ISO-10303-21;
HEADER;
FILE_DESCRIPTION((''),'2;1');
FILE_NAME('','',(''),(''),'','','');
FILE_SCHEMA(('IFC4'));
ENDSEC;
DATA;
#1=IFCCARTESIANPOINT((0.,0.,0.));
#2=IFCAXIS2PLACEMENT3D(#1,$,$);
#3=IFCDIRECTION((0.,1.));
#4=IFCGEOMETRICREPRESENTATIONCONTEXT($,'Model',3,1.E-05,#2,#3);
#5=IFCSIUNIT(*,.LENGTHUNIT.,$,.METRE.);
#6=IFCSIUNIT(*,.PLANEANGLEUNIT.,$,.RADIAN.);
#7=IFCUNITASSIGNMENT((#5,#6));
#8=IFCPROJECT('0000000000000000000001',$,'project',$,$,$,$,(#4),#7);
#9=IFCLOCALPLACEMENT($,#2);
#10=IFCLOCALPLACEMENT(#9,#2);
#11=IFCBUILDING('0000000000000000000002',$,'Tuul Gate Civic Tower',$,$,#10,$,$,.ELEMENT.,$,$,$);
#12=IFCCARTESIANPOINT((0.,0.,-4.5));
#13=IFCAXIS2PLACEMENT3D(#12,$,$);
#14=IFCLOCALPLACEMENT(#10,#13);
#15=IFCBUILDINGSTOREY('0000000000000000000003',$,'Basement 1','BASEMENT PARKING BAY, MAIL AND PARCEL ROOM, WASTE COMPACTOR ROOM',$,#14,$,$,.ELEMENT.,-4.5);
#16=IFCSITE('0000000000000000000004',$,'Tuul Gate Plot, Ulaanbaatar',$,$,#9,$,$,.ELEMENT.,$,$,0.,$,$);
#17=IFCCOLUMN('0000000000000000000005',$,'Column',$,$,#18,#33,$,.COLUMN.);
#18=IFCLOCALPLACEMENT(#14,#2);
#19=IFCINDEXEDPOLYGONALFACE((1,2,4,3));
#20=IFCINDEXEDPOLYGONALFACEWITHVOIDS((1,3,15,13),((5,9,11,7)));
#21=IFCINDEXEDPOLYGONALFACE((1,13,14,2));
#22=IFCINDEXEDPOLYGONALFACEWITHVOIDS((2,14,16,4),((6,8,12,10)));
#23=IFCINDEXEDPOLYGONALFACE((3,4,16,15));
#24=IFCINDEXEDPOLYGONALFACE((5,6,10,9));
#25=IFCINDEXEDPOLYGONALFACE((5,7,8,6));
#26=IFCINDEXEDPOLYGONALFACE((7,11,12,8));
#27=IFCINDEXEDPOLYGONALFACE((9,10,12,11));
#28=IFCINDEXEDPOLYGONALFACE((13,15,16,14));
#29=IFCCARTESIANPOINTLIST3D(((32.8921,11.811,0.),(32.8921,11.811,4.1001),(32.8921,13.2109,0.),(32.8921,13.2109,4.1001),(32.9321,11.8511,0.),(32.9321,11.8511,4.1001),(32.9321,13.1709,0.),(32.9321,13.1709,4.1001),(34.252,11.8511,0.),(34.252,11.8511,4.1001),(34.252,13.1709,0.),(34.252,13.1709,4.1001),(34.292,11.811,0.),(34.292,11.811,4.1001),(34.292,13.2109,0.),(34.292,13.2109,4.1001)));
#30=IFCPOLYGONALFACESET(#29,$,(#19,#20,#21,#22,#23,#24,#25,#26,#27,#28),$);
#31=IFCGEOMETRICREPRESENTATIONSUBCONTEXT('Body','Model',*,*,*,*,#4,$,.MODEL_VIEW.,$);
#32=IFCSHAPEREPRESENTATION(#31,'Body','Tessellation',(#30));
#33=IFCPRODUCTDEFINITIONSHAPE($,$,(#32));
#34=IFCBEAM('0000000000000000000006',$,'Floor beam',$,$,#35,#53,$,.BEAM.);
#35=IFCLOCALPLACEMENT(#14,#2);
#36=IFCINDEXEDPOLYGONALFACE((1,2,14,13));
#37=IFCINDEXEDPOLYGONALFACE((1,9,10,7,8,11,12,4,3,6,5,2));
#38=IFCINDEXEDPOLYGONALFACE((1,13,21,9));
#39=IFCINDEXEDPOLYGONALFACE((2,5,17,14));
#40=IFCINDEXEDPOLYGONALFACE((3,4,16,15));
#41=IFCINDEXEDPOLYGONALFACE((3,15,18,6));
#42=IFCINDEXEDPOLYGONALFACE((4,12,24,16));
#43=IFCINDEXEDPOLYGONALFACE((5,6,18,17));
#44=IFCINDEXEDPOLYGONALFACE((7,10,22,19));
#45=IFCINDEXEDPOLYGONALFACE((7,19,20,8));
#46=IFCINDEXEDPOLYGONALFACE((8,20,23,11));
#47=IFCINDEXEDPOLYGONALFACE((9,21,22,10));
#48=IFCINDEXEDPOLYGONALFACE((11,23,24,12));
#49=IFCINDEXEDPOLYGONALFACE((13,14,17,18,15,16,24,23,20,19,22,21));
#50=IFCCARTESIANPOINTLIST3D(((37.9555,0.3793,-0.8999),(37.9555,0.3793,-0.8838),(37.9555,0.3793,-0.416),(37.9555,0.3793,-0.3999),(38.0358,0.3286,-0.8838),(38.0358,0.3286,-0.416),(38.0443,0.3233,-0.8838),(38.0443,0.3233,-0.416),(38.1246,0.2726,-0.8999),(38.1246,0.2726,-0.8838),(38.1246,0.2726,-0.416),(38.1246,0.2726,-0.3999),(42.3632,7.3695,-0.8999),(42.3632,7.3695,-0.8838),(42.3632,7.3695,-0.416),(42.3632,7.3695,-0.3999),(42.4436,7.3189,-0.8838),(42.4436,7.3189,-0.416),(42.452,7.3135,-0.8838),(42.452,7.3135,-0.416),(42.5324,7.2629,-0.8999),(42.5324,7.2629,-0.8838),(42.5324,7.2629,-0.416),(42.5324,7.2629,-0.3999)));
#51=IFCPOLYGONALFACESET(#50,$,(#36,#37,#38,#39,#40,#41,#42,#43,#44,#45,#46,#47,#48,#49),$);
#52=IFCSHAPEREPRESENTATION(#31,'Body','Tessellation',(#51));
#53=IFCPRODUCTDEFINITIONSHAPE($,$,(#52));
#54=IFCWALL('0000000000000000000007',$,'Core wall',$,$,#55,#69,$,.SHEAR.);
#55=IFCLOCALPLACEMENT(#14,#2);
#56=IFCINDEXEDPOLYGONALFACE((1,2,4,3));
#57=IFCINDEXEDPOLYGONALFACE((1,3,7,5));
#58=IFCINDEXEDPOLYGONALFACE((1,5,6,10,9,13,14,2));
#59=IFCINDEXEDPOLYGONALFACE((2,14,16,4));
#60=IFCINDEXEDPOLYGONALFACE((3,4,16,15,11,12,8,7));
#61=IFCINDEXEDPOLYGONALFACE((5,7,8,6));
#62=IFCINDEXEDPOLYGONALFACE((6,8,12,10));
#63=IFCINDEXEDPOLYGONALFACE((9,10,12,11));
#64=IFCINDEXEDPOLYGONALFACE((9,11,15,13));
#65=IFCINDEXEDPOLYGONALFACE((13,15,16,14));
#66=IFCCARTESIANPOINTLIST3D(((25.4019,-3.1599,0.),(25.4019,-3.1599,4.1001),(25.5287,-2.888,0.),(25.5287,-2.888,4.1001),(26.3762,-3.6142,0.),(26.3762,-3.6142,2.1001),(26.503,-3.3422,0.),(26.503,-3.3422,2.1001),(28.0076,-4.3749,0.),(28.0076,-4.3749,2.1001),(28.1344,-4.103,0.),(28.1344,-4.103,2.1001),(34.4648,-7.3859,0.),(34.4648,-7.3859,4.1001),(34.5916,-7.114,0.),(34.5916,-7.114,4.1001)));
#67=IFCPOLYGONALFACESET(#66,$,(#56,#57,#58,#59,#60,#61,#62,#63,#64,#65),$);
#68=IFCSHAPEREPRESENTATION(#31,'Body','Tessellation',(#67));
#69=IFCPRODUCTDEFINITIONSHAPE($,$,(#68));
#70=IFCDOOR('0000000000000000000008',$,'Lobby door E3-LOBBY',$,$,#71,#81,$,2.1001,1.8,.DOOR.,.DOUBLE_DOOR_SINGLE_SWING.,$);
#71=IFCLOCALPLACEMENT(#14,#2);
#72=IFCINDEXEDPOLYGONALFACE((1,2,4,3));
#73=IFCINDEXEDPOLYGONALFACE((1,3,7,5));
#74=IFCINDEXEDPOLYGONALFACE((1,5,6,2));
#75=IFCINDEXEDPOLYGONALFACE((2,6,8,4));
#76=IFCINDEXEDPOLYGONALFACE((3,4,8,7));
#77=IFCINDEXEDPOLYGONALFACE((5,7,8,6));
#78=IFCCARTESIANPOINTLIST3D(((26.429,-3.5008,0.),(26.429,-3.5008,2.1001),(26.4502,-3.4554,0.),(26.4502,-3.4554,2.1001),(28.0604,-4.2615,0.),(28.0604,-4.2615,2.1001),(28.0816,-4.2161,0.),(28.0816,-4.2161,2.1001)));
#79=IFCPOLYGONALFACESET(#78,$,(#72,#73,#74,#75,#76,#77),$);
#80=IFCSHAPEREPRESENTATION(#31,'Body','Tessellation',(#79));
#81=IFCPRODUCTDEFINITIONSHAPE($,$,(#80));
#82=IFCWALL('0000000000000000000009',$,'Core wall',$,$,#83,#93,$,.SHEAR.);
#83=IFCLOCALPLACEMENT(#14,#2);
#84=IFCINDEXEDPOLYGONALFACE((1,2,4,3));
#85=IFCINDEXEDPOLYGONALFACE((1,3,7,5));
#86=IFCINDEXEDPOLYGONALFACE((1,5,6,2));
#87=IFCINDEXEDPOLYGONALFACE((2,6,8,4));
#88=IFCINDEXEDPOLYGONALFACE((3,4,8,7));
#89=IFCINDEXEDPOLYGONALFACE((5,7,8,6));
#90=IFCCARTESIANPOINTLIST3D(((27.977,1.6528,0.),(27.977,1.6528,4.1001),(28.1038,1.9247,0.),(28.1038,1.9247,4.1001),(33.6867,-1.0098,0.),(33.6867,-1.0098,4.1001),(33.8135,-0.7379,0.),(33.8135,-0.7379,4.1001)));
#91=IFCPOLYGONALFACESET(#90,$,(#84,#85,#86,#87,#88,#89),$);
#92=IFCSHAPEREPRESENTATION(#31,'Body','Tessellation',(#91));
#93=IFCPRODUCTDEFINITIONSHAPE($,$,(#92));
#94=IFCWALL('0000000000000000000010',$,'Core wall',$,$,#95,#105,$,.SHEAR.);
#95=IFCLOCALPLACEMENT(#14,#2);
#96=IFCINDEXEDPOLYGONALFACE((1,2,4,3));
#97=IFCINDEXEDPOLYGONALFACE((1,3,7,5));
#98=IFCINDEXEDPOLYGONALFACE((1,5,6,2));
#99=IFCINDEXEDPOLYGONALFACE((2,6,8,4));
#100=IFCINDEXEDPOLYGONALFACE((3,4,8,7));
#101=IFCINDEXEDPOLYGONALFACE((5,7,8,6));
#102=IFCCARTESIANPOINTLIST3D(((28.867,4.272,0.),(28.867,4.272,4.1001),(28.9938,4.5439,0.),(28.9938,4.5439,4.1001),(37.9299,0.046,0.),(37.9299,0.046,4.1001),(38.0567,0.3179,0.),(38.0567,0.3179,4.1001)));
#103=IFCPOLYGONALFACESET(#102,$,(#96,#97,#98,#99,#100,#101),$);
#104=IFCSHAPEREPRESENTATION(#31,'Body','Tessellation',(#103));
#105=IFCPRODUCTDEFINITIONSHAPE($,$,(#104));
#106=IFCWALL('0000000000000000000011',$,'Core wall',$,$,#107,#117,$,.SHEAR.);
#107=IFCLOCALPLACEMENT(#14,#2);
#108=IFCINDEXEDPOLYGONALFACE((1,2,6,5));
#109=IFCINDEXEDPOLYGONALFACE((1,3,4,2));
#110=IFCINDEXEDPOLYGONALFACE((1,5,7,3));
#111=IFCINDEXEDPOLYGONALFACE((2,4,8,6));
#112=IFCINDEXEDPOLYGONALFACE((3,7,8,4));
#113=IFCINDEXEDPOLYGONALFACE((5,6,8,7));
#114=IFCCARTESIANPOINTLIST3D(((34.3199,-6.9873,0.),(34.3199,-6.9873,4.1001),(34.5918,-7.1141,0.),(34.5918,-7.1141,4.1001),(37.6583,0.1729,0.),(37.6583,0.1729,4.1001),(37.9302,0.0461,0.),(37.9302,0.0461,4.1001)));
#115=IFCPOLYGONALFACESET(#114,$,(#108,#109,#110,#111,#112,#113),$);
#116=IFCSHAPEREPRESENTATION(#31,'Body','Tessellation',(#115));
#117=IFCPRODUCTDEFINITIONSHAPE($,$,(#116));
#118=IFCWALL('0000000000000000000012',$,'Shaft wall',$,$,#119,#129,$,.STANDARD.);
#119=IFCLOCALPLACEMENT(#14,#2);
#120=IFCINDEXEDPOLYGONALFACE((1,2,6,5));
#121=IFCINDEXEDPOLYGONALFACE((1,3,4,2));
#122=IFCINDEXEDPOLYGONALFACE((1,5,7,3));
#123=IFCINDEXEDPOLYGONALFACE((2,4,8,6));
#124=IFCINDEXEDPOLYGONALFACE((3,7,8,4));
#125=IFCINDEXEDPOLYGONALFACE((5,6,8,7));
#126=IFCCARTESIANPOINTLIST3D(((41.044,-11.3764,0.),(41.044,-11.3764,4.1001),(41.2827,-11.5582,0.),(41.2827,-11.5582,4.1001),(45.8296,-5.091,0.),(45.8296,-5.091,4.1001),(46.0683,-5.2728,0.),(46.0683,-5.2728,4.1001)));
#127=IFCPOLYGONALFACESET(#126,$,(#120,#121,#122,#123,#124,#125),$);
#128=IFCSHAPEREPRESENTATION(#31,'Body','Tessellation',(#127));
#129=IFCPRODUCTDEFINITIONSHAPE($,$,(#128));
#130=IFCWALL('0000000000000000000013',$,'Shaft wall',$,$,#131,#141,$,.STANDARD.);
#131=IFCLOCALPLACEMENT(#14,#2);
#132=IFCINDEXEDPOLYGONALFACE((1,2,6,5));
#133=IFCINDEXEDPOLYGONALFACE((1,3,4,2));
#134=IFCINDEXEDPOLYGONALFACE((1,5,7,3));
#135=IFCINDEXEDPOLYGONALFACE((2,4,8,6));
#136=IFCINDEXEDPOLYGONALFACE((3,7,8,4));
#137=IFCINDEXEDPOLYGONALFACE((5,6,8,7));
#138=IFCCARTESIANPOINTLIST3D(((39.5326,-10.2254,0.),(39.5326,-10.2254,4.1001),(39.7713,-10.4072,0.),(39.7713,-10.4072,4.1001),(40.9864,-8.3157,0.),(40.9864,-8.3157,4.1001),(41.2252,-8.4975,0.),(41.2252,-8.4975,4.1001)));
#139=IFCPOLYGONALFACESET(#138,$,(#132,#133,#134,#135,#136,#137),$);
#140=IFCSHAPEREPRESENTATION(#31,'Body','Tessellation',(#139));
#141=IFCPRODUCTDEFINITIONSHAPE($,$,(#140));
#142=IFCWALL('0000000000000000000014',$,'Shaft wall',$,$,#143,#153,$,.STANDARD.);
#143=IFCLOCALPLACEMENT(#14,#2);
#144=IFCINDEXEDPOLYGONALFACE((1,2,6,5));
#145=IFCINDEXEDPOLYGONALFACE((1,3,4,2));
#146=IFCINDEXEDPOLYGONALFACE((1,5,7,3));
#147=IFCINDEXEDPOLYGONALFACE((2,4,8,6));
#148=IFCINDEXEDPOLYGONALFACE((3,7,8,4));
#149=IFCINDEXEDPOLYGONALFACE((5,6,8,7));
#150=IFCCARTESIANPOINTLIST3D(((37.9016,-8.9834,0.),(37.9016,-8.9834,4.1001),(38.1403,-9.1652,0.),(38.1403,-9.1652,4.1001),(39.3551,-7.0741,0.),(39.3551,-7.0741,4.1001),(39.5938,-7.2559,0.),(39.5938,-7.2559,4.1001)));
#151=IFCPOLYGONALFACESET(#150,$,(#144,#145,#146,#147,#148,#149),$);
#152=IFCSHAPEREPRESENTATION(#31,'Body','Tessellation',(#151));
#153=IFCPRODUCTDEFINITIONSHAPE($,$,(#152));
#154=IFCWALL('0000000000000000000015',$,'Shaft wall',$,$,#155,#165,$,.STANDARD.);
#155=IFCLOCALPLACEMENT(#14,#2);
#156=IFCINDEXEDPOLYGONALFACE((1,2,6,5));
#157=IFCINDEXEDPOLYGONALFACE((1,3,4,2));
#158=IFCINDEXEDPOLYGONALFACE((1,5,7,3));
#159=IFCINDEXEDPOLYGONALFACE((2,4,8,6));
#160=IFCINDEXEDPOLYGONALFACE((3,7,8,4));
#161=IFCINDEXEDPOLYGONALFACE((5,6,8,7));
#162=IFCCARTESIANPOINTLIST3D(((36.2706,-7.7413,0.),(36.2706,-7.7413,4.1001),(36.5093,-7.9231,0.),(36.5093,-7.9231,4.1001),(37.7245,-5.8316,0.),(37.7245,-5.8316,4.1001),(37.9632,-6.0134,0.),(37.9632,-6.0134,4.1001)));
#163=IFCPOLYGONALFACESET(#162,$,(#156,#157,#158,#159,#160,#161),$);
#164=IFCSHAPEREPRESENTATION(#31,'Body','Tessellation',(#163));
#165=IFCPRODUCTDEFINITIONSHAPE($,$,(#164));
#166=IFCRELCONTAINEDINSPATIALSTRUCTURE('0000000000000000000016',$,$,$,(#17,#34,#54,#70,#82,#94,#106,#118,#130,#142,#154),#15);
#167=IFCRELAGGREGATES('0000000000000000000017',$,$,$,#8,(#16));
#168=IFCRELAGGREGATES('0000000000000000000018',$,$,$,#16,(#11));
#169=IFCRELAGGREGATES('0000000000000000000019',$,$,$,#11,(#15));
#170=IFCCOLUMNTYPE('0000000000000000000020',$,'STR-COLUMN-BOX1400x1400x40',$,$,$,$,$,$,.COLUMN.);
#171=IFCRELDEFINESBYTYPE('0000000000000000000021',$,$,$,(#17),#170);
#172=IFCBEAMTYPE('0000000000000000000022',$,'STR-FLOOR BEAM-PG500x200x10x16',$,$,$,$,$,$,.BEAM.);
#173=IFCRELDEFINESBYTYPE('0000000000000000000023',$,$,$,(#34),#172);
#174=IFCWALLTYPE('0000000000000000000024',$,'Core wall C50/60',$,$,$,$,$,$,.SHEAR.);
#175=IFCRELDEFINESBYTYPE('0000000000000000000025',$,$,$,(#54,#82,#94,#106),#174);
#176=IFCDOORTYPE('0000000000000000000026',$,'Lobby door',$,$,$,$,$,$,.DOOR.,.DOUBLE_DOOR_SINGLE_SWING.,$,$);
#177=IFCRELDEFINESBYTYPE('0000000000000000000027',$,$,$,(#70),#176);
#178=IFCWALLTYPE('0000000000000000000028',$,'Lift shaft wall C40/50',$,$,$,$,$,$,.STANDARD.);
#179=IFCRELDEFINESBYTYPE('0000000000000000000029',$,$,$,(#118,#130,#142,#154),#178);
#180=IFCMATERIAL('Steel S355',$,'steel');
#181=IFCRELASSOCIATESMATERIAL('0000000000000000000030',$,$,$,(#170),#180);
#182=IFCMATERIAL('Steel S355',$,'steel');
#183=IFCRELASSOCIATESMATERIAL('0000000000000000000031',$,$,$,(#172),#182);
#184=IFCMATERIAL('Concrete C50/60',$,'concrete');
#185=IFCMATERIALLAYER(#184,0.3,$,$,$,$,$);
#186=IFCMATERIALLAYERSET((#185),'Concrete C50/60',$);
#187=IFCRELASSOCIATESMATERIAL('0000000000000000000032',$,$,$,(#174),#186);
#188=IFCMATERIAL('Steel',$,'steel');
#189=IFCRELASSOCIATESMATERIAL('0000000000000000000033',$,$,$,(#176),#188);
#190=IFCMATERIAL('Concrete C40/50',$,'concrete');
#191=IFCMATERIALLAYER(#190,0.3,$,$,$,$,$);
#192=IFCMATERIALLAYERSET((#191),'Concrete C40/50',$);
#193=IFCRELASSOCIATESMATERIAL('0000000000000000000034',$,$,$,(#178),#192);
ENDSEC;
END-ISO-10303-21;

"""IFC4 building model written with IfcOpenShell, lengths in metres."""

from ifc_helpers import new_model, si_unit, direction, frame, frame_2d, origin, origin_2d, place, context, subcontext, project, spatial, rectangle, hollow_rectangle, i_section, extrude, material, layer, layer_set, material_profile, profile_set, type_object, element, fill, save


model = new_model("IFC4")

# Units and contexts
model_context = context("Model", 3, precision=1e-05, world=origin(), true_north=direction((0.0, 1.0)))
body_context = subcontext(model_context, "Body", "Model", "MODEL_VIEW")
ifc_project = project(units=[si_unit("LENGTHUNIT", "METRE"), si_unit("PLANEANGLEUNIT", "RADIAN")], contexts=[model_context])

# Site, building, storey
site_placement = place(None, origin())
site = spatial("IfcSite", under=ifc_project, at=site_placement, Name="Tuul Gate Plot, Ulaanbaatar", CompositionType="ELEMENT", RefElevation=0.0)
building_placement = place(site_placement, origin())
building = spatial("IfcBuilding", under=site, at=building_placement, Name="Tuul Gate Civic Tower", CompositionType="ELEMENT")
storey_placement = place(building_placement, frame((0.0, 0.0, -4.5)))
storey = spatial("IfcBuildingStorey", under=building, at=storey_placement, Name="Basement 1", Description="BASEMENT PARKING BAY, MAIL AND PARCEL ROOM, WASTE COMPACTOR ROOM", CompositionType="ELEMENT", Elevation=-4.5)

# Column
ifc_material_1 = material(Name="Steel S355", Category="steel")
ifc_material_profile_1 = material_profile(ifc_material_1, hollow_rectangle(XDim=1.3999, YDim=1.3999, WallThickness=0.04, at=origin_2d()), Name="BOX1400x1400x40")
ifc_profile_set_1 = profile_set([ifc_material_profile_1], Name="Steel S355")
column_type = type_object("IfcColumnType", Name="STR-COLUMN-BOX1400x1400x40", PredefinedType="COLUMN", material=ifc_profile_set_1)
column_placement = place(storey_placement, frame((33.592, 12.511, 0.0), z_axis=(0.0, 0.0, 1.0), x_axis=(1.0, 0.0, 0.0)))
element("IfcColumn", 1, at=column_placement, inside=storey, type_object=column_type, Name="Column", PredefinedType="COLUMN", context=body_context, shape_type="SweptSolid", body=[
    extrude(hollow_rectangle(XDim=1.3999, YDim=1.3999, WallThickness=0.04, at=origin_2d()), origin(), (0.0, 0.0, 1.0), 4.1001),
])

# Beam
ifc_material_2 = material(Name="Steel S355", Category="steel")
ifc_material_profile_2 = material_profile(ifc_material_2, i_section(OverallWidth=0.2, OverallDepth=0.5, WebThickness=0.01, FlangeThickness=0.0161, at=origin_2d()), Name="PG500x200x10x16")
ifc_profile_set_2 = profile_set([ifc_material_profile_2], Name="Steel S355")
beam_type = type_object("IfcBeamType", Name="STR-FLOOR BEAM-PG500x200x10x16", PredefinedType="BEAM", material=ifc_profile_set_2)
beam_placement = place(storey_placement, frame((38.04, 0.3259, -0.6499), z_axis=(0.533373, 0.84588, 0.0), x_axis=(-0.84588, 0.533373, 0.0)))
element("IfcBeam", 2, at=beam_placement, inside=storey, type_object=beam_type, Name="Floor beam", PredefinedType="BEAM", context=body_context, shape_type="SweptSolid", body=[
    extrude(i_section(OverallWidth=0.2, OverallDepth=0.5, WebThickness=0.01, FlangeThickness=0.0161, at=origin_2d()), origin(), (0.0, 0.0, 1.0), 8.2639),
])

# Wall, opening, door
ifc_material_3 = material(Name="Concrete C50/60", Category="concrete")
ifc_layer_1 = layer(ifc_material_3, 0.3)
ifc_layer_set_1 = layer_set([ifc_layer_1], Name="Concrete C50/60")
wall_type_1 = type_object("IfcWallType", Name="Core wall C50/60", PredefinedType="SHEAR", material=ifc_layer_set_1)
wall_1_placement = place(storey_placement, frame((34.5283, -7.25, 0.0), z_axis=(0.0, 0.0, 1.0), x_axis=(-0.90631, 0.422613, 0.0)))
wall_1 = element("IfcWall", 3, at=wall_1_placement, inside=storey, type_object=wall_type_1, Name="Core wall", PredefinedType="SHEAR", context=body_context, shape_type="SweptSolid", body=[
    extrude(rectangle(XDim=9.9998, YDim=0.3, at=frame_2d((5.0, 0.0))), origin(), (0.0, 0.0, 1.0), 4.1001),
])
opening_1_placement = place(wall_1_placement, frame((7.125, 0.0, 0.0)))
opening_1 = element("IfcOpeningElement", 4, at=opening_1_placement, cuts=wall_1, PredefinedType="OPENING", context=body_context, shape_type="SweptSolid", body=[
    extrude(rectangle(XDim=1.8, YDim=2.1001, at=frame_2d((0.8999, 1.05))), frame((0.0, 0.1602, 0.0), z_axis=(0.0, -1.0, 0.0), x_axis=(1.0, 0.0, 0.0)), (0.0, 0.0, 1.0), 0.3201),
])
ifc_material_4 = material(Name="Steel", Category="steel")
door_type = type_object("IfcDoorType", Name="Lobby door", OperationType="DOUBLE_DOOR_SINGLE_SWING", PredefinedType="DOOR", material=ifc_material_4)
door_1_placement = place(opening_1_placement, origin())
door_1 = element("IfcDoor", 5, at=door_1_placement, inside=storey, type_object=door_type, Name="Lobby door E3-LOBBY", OperationType="DOUBLE_DOOR_SINGLE_SWING", OverallHeight=2.1001, OverallWidth=1.8, PredefinedType="DOOR", context=body_context, shape_type="SweptSolid", body=[
    extrude(rectangle(XDim=1.8, YDim=2.1001, at=frame_2d((0.8999, 1.05))), frame((0.0, 0.0249, 0.0), z_axis=(0.0, -1.0, 0.0), x_axis=(1.0, 0.0, 0.0)), (0.0, 0.0, 1.0), 0.05),
])
fill(opening_1, door_1)

# Walls
wall_2_placement = place(storey_placement, frame((33.75, -0.8738, 0.0), z_axis=(0.0, 0.0, 1.0), x_axis=(-0.906301, 0.422633, 0.0)))
element("IfcWall", 6, at=wall_2_placement, inside=storey, type_object=wall_type_1, Name="Core wall", PredefinedType="SHEAR", context=body_context, shape_type="SweptSolid", body=[
    extrude(rectangle(XDim=6.3, YDim=0.3, at=frame_2d((3.1499, 0.0))), origin(), (0.0, 0.0, 1.0), 4.1001),
])
wall_3_placement = place(storey_placement, frame((37.9934, 0.1819, 0.0), z_axis=(0.0, 0.0, 1.0), x_axis=(-0.90631, 0.422613, 0.0)))
element("IfcWall", 7, at=wall_3_placement, inside=storey, type_object=wall_type_1, Name="Core wall", PredefinedType="SHEAR", context=body_context, shape_type="SweptSolid", body=[
    extrude(rectangle(XDim=9.9998, YDim=0.3, at=frame_2d((5.0, 0.0))), origin(), (0.0, 0.0, 1.0), 4.1001),
])
wall_4_placement = place(storey_placement, frame((34.4558, -7.0508, 0.0), z_axis=(0.0, 0.0, 1.0), x_axis=(0.422571, 0.90633, 0.0)))
element("IfcWall", 8, at=wall_4_placement, inside=storey, type_object=wall_type_1, Name="Core wall", PredefinedType="SHEAR", context=body_context, shape_type="SweptSolid", body=[
    extrude(rectangle(XDim=7.9001, YDim=0.3, at=frame_2d((3.9502, 0.0))), origin(), (0.0, 0.0, 1.0), 4.1001),
])
ifc_material_5 = material(Name="Concrete C40/50", Category="concrete")
ifc_layer_2 = layer(ifc_material_5, 0.3)
ifc_layer_set_2 = layer_set([ifc_layer_2], Name="Concrete C40/50")
wall_type_2 = type_object("IfcWallType", Name="Lift shaft wall C40/50", PredefinedType="STANDARD", material=ifc_layer_set_2)
wall_5_placement = place(storey_placement, frame((41.1633, -11.4673, 0.0), z_axis=(0.0, 0.0, 1.0), x_axis=(0.605784, 0.795629, 0.0)))
element("IfcWall", 9, at=wall_5_placement, inside=storey, type_object=wall_type_2, Name="Shaft wall", PredefinedType="STANDARD", context=body_context, shape_type="SweptSolid", body=[
    extrude(rectangle(XDim=7.8999, YDim=0.3, at=frame_2d((3.95, 0.0))), origin(), (0.0, 0.0, 1.0), 4.1001),
])
wall_6_placement = place(storey_placement, frame((39.6519, -10.3164, 0.0), z_axis=(0.0, 0.0, 1.0), x_axis=(0.605746, 0.795658, 0.0)))
element("IfcWall", 10, at=wall_6_placement, inside=storey, type_object=wall_type_2, Name="Shaft wall", PredefinedType="STANDARD", context=body_context, shape_type="SweptSolid", body=[
    extrude(rectangle(XDim=2.4001, YDim=0.3, at=frame_2d((1.2002, 0.0))), origin(), (0.0, 0.0, 1.0), 4.1001),
])
wall_7_placement = place(storey_placement, frame((38.021, -9.0742, 0.0), z_axis=(0.0, 0.0, 1.0), x_axis=(0.605731, 0.79567, 0.0)))
element("IfcWall", 11, at=wall_7_placement, inside=storey, type_object=wall_type_2, Name="Shaft wall", PredefinedType="STANDARD", context=body_context, shape_type="SweptSolid", body=[
    extrude(rectangle(XDim=2.3997, YDim=0.3, at=frame_2d((1.1997, 0.0))), origin(), (0.0, 0.0, 1.0), 4.1001),
])
wall_8_placement = place(storey_placement, frame((36.3899, -7.8323, 0.0), z_axis=(0.0, 0.0, 1.0), x_axis=(0.605746, 0.795658, 0.0)))
element("IfcWall", 12, at=wall_8_placement, inside=storey, type_object=wall_type_2, Name="Shaft wall", PredefinedType="STANDARD", context=body_context, shape_type="SweptSolid", body=[
    extrude(rectangle(XDim=2.4001, YDim=0.3, at=frame_2d((1.2002, 0.0))), origin(), (0.0, 0.0, 1.0), 4.1001),
])

save(model, "model.ifc")
